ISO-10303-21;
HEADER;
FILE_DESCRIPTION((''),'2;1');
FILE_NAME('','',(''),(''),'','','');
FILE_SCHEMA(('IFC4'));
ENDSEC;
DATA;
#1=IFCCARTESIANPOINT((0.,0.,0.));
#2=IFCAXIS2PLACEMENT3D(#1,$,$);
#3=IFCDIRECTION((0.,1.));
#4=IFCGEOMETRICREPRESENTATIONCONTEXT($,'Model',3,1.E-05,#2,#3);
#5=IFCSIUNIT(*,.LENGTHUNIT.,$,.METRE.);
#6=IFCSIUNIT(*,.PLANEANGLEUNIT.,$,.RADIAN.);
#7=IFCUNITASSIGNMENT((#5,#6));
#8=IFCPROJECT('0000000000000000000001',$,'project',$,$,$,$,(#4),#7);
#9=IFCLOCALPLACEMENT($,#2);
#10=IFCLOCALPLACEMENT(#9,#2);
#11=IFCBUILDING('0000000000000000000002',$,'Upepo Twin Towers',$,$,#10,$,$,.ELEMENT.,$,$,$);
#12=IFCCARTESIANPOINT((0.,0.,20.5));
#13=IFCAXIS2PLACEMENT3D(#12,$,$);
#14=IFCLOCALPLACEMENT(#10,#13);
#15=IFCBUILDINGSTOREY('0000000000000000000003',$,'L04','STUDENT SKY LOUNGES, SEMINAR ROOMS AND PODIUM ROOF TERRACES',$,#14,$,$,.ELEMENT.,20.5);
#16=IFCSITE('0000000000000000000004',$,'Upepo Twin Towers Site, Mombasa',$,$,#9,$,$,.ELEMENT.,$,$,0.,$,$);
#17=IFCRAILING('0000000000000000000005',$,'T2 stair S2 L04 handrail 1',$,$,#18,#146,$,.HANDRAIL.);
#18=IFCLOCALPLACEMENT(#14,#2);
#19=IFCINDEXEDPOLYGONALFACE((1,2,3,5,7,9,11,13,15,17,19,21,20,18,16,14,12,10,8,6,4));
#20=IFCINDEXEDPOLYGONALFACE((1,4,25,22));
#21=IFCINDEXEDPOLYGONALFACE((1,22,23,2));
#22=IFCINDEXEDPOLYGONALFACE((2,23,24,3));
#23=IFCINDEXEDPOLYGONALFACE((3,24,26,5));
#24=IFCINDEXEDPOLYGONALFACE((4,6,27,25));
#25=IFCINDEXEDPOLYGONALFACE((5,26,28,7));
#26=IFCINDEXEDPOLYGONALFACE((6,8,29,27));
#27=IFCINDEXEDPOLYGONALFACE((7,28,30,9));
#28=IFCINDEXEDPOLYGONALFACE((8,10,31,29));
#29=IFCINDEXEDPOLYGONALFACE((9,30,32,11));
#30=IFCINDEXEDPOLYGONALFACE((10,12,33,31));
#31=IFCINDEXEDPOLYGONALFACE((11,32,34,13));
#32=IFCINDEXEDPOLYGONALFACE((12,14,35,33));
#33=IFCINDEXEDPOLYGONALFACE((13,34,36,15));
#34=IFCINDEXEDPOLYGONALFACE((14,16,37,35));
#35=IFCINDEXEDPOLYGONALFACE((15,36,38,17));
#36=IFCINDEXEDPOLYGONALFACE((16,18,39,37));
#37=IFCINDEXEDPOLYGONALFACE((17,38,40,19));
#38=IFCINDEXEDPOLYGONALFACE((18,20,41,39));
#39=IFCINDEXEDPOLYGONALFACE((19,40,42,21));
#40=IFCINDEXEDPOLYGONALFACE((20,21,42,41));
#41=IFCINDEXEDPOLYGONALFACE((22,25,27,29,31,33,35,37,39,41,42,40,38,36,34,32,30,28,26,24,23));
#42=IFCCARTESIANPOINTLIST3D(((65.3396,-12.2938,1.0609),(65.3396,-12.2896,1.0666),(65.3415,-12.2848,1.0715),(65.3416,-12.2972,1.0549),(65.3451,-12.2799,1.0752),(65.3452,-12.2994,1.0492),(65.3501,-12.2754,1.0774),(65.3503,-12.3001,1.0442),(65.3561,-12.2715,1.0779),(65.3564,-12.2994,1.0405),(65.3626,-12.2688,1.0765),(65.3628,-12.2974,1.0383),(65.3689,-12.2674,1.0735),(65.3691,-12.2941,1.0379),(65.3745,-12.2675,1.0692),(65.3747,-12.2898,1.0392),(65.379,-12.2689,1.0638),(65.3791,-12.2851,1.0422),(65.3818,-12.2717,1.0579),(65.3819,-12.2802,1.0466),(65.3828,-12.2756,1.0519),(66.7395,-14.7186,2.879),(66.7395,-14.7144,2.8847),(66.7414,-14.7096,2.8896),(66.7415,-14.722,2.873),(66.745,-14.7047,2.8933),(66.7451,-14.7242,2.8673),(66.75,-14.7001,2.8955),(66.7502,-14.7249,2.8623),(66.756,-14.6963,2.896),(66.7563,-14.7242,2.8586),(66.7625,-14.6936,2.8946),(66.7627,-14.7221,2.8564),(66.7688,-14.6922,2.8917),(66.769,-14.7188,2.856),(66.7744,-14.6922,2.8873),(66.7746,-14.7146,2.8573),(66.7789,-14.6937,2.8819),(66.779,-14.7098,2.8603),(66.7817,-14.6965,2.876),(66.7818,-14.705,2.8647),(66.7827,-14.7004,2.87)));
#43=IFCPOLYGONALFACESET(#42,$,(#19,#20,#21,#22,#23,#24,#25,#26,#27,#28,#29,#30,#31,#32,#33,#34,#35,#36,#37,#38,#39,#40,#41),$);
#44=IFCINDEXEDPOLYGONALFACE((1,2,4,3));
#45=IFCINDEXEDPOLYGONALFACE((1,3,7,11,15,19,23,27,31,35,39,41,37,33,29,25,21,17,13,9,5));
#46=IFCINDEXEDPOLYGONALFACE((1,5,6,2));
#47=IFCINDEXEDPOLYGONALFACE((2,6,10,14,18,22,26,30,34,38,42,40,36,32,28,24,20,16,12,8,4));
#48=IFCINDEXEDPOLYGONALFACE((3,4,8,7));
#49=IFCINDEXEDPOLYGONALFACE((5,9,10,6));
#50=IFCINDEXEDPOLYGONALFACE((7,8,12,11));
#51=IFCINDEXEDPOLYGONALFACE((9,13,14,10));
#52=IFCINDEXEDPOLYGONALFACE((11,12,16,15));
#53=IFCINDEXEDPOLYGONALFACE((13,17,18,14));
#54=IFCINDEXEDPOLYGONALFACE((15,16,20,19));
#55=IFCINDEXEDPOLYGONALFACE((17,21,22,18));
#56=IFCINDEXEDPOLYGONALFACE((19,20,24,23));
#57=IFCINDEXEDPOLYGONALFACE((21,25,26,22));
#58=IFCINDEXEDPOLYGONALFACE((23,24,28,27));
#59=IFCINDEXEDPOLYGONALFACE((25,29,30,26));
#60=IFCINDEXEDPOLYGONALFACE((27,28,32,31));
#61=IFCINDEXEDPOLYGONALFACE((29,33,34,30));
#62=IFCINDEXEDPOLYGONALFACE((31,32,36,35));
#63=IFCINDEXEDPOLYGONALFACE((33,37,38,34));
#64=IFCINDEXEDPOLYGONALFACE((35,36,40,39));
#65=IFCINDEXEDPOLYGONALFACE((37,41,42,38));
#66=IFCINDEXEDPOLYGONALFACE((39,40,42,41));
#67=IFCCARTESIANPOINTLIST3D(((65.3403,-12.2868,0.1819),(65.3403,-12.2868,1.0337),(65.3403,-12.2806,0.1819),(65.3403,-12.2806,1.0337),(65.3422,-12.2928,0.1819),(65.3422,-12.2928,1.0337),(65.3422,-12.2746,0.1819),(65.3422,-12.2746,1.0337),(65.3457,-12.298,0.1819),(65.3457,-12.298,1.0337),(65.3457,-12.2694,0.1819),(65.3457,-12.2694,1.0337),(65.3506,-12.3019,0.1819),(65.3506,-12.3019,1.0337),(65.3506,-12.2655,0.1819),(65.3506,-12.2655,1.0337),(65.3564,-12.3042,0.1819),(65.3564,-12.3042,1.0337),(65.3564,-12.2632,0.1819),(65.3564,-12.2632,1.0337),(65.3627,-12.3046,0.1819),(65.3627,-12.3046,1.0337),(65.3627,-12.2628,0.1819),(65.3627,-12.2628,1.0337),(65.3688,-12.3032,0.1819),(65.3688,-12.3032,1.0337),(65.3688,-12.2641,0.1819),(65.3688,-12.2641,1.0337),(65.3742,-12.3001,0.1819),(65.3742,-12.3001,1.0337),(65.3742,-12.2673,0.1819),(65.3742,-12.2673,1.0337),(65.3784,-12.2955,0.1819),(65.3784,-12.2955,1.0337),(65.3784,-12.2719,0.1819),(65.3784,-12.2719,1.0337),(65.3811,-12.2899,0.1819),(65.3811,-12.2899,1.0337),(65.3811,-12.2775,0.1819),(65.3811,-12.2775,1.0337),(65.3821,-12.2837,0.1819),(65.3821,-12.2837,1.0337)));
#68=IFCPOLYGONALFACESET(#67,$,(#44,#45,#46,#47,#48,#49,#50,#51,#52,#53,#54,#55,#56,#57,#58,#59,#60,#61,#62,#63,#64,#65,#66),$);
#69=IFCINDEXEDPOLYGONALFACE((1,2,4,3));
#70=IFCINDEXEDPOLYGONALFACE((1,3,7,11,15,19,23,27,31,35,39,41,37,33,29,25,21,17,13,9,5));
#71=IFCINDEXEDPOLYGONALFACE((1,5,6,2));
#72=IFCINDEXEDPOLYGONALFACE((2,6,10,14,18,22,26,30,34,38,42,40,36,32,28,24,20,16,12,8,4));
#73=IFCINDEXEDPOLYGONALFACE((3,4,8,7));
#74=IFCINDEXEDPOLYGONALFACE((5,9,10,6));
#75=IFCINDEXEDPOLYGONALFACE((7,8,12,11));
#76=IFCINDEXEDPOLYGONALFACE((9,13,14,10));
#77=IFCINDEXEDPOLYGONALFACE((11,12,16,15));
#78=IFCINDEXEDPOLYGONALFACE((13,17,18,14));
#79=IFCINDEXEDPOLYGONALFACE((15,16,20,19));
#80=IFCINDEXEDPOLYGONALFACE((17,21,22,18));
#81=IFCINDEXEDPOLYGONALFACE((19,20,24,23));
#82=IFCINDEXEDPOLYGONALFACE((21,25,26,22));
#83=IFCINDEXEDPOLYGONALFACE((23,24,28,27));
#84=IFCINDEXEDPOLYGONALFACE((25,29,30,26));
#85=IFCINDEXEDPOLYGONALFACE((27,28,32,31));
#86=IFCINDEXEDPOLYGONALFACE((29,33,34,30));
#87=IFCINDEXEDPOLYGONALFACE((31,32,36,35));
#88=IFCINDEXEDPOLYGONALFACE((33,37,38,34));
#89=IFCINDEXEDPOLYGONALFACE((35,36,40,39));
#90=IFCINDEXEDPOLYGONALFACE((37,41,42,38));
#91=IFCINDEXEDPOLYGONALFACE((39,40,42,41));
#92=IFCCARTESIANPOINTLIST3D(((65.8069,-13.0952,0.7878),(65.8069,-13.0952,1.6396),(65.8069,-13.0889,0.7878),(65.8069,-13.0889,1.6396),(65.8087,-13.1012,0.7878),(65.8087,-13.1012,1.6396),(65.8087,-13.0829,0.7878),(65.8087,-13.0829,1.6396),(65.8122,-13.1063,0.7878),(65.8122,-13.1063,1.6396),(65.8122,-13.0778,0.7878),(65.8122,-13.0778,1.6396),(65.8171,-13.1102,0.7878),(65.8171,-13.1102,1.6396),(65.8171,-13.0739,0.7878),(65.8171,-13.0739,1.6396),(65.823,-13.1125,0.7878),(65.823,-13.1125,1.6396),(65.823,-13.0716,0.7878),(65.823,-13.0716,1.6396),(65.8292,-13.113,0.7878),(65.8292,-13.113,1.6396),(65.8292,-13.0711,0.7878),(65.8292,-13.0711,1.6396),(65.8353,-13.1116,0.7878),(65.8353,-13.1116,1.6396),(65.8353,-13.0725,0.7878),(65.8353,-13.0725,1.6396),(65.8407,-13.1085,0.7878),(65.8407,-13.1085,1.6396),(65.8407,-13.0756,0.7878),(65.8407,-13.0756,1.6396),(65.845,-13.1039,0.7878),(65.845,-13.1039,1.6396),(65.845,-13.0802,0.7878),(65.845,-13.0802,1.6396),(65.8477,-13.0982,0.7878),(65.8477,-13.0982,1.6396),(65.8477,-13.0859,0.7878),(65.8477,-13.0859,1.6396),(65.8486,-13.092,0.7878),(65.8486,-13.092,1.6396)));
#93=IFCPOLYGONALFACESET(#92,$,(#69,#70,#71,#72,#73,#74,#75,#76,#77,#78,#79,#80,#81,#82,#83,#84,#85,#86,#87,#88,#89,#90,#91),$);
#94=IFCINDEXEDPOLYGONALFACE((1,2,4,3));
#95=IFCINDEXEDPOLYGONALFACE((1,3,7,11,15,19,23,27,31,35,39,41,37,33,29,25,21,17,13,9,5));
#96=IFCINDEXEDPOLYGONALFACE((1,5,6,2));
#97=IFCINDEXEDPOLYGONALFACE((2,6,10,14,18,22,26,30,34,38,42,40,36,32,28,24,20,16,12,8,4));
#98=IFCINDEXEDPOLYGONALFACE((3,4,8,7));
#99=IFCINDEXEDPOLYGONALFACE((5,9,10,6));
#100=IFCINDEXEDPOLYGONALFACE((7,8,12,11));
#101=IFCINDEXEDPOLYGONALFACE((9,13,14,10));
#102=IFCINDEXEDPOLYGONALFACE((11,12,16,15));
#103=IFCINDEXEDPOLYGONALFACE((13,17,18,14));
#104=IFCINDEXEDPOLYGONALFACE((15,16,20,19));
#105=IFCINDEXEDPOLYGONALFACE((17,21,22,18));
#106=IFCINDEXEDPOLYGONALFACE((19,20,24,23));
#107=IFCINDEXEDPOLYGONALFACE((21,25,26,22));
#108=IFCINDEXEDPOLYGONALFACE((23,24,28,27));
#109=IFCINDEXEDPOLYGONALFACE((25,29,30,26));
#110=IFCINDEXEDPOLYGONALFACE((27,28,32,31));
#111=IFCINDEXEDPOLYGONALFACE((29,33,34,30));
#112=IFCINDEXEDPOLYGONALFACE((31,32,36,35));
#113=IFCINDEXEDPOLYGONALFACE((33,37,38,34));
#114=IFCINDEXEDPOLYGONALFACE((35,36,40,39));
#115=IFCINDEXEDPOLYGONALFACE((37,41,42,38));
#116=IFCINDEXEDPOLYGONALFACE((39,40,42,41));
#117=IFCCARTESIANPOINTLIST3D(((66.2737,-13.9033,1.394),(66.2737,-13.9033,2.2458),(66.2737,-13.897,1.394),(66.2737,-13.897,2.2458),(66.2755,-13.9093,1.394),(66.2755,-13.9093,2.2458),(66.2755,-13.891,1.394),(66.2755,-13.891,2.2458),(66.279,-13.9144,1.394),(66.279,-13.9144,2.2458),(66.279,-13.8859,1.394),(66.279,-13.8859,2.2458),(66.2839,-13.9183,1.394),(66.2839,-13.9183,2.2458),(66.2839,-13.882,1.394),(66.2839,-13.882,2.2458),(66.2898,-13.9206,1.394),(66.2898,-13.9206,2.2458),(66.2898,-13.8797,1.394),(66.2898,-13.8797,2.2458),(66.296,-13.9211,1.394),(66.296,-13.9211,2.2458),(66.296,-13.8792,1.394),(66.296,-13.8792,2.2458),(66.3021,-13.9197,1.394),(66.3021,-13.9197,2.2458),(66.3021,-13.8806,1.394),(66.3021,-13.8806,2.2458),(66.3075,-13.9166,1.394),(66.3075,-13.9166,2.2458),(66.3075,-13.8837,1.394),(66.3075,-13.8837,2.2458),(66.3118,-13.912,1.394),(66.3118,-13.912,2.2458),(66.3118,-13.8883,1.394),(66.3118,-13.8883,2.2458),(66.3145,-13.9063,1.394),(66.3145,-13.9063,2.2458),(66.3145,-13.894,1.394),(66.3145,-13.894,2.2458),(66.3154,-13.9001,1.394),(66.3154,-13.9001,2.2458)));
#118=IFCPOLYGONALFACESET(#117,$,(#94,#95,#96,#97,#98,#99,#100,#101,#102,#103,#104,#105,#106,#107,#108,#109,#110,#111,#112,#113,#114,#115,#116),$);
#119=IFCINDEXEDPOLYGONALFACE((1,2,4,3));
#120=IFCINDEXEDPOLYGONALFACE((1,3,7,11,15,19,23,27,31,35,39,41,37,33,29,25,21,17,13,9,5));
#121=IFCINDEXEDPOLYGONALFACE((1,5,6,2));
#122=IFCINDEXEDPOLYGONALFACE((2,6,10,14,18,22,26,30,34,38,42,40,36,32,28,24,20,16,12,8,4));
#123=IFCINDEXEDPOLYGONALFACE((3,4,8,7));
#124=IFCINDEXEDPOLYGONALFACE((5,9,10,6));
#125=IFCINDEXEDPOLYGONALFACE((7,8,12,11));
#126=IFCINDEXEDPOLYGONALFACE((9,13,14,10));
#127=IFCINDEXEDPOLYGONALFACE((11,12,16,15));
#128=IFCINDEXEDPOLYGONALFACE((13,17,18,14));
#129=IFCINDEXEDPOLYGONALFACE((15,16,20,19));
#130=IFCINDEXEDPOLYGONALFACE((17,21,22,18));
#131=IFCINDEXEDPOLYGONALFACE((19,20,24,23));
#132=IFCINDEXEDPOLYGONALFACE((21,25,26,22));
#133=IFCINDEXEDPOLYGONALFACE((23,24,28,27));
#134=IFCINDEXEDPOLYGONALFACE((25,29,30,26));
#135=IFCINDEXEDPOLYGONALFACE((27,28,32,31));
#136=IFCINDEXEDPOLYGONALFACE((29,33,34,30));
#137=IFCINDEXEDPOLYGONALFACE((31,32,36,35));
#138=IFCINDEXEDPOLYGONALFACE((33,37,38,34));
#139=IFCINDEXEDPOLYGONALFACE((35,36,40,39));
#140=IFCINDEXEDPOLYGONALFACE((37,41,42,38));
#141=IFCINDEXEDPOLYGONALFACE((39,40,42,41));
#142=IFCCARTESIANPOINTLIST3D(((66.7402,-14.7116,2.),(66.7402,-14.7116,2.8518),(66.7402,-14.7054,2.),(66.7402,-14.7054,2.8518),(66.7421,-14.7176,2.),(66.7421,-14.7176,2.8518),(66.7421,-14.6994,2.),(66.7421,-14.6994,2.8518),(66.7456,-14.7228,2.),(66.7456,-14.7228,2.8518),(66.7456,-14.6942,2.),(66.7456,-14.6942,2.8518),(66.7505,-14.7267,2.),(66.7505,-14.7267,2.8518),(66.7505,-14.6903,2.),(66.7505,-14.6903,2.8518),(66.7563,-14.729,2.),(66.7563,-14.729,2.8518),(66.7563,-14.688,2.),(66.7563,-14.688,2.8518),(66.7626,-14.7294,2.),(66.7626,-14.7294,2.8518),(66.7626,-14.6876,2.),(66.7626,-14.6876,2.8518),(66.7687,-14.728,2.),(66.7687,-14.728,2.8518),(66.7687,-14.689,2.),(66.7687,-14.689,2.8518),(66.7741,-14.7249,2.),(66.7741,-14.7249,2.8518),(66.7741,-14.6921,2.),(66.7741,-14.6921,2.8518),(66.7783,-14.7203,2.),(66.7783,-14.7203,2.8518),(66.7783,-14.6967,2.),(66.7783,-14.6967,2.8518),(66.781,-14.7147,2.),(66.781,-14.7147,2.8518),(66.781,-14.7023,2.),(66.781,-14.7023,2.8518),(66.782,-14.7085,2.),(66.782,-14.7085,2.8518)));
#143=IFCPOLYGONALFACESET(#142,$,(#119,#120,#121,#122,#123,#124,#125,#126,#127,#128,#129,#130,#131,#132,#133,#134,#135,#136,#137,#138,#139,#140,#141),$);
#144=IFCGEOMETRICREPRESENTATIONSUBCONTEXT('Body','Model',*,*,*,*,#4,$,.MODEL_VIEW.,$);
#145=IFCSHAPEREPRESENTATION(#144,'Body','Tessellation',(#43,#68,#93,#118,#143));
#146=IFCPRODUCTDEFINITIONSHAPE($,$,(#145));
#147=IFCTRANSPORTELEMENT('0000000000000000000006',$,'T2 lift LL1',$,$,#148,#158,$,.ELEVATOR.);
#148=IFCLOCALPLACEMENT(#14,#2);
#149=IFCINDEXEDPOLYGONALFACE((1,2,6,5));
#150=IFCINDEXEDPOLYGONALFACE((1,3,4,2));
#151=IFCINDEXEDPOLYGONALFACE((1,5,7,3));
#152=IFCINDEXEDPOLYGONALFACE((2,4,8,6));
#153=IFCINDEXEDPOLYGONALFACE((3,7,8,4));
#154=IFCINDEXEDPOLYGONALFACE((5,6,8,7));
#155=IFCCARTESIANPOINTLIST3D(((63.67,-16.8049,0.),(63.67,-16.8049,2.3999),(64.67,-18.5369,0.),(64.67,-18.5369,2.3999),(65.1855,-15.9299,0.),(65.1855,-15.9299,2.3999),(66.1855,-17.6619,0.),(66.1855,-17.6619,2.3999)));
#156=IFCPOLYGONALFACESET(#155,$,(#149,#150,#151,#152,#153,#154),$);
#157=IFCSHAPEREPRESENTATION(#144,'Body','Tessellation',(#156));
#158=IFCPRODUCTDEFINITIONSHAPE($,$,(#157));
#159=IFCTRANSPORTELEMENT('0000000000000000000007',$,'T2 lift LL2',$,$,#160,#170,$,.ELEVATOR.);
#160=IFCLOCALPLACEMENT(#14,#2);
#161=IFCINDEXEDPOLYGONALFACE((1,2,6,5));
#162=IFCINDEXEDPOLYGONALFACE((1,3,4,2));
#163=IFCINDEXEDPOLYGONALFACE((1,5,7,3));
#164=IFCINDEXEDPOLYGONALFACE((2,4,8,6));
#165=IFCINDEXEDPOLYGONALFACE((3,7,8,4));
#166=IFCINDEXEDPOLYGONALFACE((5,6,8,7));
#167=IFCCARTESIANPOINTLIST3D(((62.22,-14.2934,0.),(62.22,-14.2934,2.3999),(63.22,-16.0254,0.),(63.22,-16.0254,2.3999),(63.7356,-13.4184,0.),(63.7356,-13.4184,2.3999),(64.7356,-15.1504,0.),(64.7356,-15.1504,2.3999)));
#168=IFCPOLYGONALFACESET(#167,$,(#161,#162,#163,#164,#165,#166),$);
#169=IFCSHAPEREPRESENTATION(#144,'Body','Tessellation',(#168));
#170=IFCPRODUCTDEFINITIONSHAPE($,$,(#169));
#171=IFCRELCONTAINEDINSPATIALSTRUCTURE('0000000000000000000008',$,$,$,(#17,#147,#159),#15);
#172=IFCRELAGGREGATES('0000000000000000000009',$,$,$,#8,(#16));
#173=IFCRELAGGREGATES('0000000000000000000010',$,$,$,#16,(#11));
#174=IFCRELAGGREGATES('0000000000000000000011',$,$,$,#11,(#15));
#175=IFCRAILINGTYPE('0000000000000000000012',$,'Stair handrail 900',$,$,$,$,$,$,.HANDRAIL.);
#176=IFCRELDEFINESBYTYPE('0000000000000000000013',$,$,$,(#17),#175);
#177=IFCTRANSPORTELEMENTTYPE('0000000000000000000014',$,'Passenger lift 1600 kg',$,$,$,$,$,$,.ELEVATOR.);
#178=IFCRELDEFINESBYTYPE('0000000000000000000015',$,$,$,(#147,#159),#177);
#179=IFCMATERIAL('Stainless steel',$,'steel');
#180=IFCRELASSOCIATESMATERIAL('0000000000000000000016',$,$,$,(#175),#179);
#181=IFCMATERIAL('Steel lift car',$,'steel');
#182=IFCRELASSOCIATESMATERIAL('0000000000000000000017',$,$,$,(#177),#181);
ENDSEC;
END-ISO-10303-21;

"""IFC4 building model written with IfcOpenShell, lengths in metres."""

from ifc_helpers import new_model, si_unit, direction, frame, origin, origin_2d, place, context, subcontext, project, spatial, rectangle, circle, extrude, material, type_object, element, save


model = new_model("IFC4")

# Units and contexts
model_context = context("Model", 3, precision=1e-05, world=origin(), true_north=direction((0.0, 1.0)))
body_context = subcontext(model_context, "Body", "Model", "MODEL_VIEW")
ifc_project = project(units=[si_unit("LENGTHUNIT", "METRE"), si_unit("PLANEANGLEUNIT", "RADIAN")], contexts=[model_context])

# Site, building, storey
site_placement = place(None, origin())
site = spatial("IfcSite", under=ifc_project, at=site_placement, Name="Upepo Twin Towers Site, Mombasa", CompositionType="ELEMENT", RefElevation=0.0)
building_placement = place(site_placement, origin())
building = spatial("IfcBuilding", under=site, at=building_placement, Name="Upepo Twin Towers", CompositionType="ELEMENT")
storey_placement = place(building_placement, frame((0.0, 0.0, 20.5)))
storey = spatial("IfcBuildingStorey", under=building, at=storey_placement, Name="L04", Description="STUDENT SKY LOUNGES, SEMINAR ROOMS AND PODIUM ROOF TERRACES", CompositionType="ELEMENT", Elevation=20.5)

# Railing
ifc_material_1 = material(Name="Stainless steel", Category="steel")
railing_type = type_object("IfcRailingType", Name="Stair handrail 900", PredefinedType="HANDRAIL", material=ifc_material_1)
railing_placement = place(storey_placement, frame((65.3611, -12.2837, 0.1819)))
element("IfcRailing", 1, at=railing_placement, inside=storey, type_object=railing_type, Name="T2 stair S2 L04 handrail 1", PredefinedType="HANDRAIL", context=body_context, shape_type="SweptSolid", body=[
    extrude(circle(Radius=0.0239, at=origin_2d()), frame((0.0, 0.0, 0.876), z_axis=(0.419333, -0.726336, 0.544606), x_axis=(0.866035, 0.499984, 0.0)), (0.0, 0.0, 1.0), 3.3384),
    extrude(circle(Radius=0.021, at=origin_2d()), origin(), (0.0, 0.0, 1.0), 0.8518),
    extrude(circle(Radius=0.021, at=origin_2d()), frame((0.4666, -0.8083, 0.606)), (0.0, 0.0, 1.0), 0.8518),
    extrude(circle(Radius=0.021, at=origin_2d()), frame((0.9333, -1.6165, 1.2122)), (0.0, 0.0, 1.0), 0.8518),
    extrude(circle(Radius=0.021, at=origin_2d()), frame((1.3999, -2.4248, 1.8181)), (0.0, 0.0, 1.0), 0.8518),
])

# Transport elements
ifc_material_2 = material(Name="Steel lift car", Category="steel")
transport_element_type = type_object("IfcTransportElementType", Name="Passenger lift 1600 kg", PredefinedType="ELEVATOR", material=ifc_material_2)
for number, where, z_axis, x_axis, name in (
    (2, (64.9277, -17.2334, 0.0), (0.0, 0.0, 1.0), (-0.5, 0.866025, 0.0), "T2 lift LL1"),
    (3, (63.4778, -14.7219, 0.0), (0.0, 0.0, 1.0), (-0.5, 0.866025, 0.0), "T2 lift LL2"),
):
    element("IfcTransportElement", number, at=place(storey_placement, frame(where, z_axis=z_axis, x_axis=x_axis)), inside=storey, type_object=transport_element_type, Name=name, PredefinedType="ELEVATOR", context=body_context, shape_type="SweptSolid", body=[
        extrude(rectangle(XDim=2.0, YDim=1.75, at=origin_2d()), origin(), (0.0, 0.0, 1.0), 2.3999),
    ])

save(model, "model.ifc")
